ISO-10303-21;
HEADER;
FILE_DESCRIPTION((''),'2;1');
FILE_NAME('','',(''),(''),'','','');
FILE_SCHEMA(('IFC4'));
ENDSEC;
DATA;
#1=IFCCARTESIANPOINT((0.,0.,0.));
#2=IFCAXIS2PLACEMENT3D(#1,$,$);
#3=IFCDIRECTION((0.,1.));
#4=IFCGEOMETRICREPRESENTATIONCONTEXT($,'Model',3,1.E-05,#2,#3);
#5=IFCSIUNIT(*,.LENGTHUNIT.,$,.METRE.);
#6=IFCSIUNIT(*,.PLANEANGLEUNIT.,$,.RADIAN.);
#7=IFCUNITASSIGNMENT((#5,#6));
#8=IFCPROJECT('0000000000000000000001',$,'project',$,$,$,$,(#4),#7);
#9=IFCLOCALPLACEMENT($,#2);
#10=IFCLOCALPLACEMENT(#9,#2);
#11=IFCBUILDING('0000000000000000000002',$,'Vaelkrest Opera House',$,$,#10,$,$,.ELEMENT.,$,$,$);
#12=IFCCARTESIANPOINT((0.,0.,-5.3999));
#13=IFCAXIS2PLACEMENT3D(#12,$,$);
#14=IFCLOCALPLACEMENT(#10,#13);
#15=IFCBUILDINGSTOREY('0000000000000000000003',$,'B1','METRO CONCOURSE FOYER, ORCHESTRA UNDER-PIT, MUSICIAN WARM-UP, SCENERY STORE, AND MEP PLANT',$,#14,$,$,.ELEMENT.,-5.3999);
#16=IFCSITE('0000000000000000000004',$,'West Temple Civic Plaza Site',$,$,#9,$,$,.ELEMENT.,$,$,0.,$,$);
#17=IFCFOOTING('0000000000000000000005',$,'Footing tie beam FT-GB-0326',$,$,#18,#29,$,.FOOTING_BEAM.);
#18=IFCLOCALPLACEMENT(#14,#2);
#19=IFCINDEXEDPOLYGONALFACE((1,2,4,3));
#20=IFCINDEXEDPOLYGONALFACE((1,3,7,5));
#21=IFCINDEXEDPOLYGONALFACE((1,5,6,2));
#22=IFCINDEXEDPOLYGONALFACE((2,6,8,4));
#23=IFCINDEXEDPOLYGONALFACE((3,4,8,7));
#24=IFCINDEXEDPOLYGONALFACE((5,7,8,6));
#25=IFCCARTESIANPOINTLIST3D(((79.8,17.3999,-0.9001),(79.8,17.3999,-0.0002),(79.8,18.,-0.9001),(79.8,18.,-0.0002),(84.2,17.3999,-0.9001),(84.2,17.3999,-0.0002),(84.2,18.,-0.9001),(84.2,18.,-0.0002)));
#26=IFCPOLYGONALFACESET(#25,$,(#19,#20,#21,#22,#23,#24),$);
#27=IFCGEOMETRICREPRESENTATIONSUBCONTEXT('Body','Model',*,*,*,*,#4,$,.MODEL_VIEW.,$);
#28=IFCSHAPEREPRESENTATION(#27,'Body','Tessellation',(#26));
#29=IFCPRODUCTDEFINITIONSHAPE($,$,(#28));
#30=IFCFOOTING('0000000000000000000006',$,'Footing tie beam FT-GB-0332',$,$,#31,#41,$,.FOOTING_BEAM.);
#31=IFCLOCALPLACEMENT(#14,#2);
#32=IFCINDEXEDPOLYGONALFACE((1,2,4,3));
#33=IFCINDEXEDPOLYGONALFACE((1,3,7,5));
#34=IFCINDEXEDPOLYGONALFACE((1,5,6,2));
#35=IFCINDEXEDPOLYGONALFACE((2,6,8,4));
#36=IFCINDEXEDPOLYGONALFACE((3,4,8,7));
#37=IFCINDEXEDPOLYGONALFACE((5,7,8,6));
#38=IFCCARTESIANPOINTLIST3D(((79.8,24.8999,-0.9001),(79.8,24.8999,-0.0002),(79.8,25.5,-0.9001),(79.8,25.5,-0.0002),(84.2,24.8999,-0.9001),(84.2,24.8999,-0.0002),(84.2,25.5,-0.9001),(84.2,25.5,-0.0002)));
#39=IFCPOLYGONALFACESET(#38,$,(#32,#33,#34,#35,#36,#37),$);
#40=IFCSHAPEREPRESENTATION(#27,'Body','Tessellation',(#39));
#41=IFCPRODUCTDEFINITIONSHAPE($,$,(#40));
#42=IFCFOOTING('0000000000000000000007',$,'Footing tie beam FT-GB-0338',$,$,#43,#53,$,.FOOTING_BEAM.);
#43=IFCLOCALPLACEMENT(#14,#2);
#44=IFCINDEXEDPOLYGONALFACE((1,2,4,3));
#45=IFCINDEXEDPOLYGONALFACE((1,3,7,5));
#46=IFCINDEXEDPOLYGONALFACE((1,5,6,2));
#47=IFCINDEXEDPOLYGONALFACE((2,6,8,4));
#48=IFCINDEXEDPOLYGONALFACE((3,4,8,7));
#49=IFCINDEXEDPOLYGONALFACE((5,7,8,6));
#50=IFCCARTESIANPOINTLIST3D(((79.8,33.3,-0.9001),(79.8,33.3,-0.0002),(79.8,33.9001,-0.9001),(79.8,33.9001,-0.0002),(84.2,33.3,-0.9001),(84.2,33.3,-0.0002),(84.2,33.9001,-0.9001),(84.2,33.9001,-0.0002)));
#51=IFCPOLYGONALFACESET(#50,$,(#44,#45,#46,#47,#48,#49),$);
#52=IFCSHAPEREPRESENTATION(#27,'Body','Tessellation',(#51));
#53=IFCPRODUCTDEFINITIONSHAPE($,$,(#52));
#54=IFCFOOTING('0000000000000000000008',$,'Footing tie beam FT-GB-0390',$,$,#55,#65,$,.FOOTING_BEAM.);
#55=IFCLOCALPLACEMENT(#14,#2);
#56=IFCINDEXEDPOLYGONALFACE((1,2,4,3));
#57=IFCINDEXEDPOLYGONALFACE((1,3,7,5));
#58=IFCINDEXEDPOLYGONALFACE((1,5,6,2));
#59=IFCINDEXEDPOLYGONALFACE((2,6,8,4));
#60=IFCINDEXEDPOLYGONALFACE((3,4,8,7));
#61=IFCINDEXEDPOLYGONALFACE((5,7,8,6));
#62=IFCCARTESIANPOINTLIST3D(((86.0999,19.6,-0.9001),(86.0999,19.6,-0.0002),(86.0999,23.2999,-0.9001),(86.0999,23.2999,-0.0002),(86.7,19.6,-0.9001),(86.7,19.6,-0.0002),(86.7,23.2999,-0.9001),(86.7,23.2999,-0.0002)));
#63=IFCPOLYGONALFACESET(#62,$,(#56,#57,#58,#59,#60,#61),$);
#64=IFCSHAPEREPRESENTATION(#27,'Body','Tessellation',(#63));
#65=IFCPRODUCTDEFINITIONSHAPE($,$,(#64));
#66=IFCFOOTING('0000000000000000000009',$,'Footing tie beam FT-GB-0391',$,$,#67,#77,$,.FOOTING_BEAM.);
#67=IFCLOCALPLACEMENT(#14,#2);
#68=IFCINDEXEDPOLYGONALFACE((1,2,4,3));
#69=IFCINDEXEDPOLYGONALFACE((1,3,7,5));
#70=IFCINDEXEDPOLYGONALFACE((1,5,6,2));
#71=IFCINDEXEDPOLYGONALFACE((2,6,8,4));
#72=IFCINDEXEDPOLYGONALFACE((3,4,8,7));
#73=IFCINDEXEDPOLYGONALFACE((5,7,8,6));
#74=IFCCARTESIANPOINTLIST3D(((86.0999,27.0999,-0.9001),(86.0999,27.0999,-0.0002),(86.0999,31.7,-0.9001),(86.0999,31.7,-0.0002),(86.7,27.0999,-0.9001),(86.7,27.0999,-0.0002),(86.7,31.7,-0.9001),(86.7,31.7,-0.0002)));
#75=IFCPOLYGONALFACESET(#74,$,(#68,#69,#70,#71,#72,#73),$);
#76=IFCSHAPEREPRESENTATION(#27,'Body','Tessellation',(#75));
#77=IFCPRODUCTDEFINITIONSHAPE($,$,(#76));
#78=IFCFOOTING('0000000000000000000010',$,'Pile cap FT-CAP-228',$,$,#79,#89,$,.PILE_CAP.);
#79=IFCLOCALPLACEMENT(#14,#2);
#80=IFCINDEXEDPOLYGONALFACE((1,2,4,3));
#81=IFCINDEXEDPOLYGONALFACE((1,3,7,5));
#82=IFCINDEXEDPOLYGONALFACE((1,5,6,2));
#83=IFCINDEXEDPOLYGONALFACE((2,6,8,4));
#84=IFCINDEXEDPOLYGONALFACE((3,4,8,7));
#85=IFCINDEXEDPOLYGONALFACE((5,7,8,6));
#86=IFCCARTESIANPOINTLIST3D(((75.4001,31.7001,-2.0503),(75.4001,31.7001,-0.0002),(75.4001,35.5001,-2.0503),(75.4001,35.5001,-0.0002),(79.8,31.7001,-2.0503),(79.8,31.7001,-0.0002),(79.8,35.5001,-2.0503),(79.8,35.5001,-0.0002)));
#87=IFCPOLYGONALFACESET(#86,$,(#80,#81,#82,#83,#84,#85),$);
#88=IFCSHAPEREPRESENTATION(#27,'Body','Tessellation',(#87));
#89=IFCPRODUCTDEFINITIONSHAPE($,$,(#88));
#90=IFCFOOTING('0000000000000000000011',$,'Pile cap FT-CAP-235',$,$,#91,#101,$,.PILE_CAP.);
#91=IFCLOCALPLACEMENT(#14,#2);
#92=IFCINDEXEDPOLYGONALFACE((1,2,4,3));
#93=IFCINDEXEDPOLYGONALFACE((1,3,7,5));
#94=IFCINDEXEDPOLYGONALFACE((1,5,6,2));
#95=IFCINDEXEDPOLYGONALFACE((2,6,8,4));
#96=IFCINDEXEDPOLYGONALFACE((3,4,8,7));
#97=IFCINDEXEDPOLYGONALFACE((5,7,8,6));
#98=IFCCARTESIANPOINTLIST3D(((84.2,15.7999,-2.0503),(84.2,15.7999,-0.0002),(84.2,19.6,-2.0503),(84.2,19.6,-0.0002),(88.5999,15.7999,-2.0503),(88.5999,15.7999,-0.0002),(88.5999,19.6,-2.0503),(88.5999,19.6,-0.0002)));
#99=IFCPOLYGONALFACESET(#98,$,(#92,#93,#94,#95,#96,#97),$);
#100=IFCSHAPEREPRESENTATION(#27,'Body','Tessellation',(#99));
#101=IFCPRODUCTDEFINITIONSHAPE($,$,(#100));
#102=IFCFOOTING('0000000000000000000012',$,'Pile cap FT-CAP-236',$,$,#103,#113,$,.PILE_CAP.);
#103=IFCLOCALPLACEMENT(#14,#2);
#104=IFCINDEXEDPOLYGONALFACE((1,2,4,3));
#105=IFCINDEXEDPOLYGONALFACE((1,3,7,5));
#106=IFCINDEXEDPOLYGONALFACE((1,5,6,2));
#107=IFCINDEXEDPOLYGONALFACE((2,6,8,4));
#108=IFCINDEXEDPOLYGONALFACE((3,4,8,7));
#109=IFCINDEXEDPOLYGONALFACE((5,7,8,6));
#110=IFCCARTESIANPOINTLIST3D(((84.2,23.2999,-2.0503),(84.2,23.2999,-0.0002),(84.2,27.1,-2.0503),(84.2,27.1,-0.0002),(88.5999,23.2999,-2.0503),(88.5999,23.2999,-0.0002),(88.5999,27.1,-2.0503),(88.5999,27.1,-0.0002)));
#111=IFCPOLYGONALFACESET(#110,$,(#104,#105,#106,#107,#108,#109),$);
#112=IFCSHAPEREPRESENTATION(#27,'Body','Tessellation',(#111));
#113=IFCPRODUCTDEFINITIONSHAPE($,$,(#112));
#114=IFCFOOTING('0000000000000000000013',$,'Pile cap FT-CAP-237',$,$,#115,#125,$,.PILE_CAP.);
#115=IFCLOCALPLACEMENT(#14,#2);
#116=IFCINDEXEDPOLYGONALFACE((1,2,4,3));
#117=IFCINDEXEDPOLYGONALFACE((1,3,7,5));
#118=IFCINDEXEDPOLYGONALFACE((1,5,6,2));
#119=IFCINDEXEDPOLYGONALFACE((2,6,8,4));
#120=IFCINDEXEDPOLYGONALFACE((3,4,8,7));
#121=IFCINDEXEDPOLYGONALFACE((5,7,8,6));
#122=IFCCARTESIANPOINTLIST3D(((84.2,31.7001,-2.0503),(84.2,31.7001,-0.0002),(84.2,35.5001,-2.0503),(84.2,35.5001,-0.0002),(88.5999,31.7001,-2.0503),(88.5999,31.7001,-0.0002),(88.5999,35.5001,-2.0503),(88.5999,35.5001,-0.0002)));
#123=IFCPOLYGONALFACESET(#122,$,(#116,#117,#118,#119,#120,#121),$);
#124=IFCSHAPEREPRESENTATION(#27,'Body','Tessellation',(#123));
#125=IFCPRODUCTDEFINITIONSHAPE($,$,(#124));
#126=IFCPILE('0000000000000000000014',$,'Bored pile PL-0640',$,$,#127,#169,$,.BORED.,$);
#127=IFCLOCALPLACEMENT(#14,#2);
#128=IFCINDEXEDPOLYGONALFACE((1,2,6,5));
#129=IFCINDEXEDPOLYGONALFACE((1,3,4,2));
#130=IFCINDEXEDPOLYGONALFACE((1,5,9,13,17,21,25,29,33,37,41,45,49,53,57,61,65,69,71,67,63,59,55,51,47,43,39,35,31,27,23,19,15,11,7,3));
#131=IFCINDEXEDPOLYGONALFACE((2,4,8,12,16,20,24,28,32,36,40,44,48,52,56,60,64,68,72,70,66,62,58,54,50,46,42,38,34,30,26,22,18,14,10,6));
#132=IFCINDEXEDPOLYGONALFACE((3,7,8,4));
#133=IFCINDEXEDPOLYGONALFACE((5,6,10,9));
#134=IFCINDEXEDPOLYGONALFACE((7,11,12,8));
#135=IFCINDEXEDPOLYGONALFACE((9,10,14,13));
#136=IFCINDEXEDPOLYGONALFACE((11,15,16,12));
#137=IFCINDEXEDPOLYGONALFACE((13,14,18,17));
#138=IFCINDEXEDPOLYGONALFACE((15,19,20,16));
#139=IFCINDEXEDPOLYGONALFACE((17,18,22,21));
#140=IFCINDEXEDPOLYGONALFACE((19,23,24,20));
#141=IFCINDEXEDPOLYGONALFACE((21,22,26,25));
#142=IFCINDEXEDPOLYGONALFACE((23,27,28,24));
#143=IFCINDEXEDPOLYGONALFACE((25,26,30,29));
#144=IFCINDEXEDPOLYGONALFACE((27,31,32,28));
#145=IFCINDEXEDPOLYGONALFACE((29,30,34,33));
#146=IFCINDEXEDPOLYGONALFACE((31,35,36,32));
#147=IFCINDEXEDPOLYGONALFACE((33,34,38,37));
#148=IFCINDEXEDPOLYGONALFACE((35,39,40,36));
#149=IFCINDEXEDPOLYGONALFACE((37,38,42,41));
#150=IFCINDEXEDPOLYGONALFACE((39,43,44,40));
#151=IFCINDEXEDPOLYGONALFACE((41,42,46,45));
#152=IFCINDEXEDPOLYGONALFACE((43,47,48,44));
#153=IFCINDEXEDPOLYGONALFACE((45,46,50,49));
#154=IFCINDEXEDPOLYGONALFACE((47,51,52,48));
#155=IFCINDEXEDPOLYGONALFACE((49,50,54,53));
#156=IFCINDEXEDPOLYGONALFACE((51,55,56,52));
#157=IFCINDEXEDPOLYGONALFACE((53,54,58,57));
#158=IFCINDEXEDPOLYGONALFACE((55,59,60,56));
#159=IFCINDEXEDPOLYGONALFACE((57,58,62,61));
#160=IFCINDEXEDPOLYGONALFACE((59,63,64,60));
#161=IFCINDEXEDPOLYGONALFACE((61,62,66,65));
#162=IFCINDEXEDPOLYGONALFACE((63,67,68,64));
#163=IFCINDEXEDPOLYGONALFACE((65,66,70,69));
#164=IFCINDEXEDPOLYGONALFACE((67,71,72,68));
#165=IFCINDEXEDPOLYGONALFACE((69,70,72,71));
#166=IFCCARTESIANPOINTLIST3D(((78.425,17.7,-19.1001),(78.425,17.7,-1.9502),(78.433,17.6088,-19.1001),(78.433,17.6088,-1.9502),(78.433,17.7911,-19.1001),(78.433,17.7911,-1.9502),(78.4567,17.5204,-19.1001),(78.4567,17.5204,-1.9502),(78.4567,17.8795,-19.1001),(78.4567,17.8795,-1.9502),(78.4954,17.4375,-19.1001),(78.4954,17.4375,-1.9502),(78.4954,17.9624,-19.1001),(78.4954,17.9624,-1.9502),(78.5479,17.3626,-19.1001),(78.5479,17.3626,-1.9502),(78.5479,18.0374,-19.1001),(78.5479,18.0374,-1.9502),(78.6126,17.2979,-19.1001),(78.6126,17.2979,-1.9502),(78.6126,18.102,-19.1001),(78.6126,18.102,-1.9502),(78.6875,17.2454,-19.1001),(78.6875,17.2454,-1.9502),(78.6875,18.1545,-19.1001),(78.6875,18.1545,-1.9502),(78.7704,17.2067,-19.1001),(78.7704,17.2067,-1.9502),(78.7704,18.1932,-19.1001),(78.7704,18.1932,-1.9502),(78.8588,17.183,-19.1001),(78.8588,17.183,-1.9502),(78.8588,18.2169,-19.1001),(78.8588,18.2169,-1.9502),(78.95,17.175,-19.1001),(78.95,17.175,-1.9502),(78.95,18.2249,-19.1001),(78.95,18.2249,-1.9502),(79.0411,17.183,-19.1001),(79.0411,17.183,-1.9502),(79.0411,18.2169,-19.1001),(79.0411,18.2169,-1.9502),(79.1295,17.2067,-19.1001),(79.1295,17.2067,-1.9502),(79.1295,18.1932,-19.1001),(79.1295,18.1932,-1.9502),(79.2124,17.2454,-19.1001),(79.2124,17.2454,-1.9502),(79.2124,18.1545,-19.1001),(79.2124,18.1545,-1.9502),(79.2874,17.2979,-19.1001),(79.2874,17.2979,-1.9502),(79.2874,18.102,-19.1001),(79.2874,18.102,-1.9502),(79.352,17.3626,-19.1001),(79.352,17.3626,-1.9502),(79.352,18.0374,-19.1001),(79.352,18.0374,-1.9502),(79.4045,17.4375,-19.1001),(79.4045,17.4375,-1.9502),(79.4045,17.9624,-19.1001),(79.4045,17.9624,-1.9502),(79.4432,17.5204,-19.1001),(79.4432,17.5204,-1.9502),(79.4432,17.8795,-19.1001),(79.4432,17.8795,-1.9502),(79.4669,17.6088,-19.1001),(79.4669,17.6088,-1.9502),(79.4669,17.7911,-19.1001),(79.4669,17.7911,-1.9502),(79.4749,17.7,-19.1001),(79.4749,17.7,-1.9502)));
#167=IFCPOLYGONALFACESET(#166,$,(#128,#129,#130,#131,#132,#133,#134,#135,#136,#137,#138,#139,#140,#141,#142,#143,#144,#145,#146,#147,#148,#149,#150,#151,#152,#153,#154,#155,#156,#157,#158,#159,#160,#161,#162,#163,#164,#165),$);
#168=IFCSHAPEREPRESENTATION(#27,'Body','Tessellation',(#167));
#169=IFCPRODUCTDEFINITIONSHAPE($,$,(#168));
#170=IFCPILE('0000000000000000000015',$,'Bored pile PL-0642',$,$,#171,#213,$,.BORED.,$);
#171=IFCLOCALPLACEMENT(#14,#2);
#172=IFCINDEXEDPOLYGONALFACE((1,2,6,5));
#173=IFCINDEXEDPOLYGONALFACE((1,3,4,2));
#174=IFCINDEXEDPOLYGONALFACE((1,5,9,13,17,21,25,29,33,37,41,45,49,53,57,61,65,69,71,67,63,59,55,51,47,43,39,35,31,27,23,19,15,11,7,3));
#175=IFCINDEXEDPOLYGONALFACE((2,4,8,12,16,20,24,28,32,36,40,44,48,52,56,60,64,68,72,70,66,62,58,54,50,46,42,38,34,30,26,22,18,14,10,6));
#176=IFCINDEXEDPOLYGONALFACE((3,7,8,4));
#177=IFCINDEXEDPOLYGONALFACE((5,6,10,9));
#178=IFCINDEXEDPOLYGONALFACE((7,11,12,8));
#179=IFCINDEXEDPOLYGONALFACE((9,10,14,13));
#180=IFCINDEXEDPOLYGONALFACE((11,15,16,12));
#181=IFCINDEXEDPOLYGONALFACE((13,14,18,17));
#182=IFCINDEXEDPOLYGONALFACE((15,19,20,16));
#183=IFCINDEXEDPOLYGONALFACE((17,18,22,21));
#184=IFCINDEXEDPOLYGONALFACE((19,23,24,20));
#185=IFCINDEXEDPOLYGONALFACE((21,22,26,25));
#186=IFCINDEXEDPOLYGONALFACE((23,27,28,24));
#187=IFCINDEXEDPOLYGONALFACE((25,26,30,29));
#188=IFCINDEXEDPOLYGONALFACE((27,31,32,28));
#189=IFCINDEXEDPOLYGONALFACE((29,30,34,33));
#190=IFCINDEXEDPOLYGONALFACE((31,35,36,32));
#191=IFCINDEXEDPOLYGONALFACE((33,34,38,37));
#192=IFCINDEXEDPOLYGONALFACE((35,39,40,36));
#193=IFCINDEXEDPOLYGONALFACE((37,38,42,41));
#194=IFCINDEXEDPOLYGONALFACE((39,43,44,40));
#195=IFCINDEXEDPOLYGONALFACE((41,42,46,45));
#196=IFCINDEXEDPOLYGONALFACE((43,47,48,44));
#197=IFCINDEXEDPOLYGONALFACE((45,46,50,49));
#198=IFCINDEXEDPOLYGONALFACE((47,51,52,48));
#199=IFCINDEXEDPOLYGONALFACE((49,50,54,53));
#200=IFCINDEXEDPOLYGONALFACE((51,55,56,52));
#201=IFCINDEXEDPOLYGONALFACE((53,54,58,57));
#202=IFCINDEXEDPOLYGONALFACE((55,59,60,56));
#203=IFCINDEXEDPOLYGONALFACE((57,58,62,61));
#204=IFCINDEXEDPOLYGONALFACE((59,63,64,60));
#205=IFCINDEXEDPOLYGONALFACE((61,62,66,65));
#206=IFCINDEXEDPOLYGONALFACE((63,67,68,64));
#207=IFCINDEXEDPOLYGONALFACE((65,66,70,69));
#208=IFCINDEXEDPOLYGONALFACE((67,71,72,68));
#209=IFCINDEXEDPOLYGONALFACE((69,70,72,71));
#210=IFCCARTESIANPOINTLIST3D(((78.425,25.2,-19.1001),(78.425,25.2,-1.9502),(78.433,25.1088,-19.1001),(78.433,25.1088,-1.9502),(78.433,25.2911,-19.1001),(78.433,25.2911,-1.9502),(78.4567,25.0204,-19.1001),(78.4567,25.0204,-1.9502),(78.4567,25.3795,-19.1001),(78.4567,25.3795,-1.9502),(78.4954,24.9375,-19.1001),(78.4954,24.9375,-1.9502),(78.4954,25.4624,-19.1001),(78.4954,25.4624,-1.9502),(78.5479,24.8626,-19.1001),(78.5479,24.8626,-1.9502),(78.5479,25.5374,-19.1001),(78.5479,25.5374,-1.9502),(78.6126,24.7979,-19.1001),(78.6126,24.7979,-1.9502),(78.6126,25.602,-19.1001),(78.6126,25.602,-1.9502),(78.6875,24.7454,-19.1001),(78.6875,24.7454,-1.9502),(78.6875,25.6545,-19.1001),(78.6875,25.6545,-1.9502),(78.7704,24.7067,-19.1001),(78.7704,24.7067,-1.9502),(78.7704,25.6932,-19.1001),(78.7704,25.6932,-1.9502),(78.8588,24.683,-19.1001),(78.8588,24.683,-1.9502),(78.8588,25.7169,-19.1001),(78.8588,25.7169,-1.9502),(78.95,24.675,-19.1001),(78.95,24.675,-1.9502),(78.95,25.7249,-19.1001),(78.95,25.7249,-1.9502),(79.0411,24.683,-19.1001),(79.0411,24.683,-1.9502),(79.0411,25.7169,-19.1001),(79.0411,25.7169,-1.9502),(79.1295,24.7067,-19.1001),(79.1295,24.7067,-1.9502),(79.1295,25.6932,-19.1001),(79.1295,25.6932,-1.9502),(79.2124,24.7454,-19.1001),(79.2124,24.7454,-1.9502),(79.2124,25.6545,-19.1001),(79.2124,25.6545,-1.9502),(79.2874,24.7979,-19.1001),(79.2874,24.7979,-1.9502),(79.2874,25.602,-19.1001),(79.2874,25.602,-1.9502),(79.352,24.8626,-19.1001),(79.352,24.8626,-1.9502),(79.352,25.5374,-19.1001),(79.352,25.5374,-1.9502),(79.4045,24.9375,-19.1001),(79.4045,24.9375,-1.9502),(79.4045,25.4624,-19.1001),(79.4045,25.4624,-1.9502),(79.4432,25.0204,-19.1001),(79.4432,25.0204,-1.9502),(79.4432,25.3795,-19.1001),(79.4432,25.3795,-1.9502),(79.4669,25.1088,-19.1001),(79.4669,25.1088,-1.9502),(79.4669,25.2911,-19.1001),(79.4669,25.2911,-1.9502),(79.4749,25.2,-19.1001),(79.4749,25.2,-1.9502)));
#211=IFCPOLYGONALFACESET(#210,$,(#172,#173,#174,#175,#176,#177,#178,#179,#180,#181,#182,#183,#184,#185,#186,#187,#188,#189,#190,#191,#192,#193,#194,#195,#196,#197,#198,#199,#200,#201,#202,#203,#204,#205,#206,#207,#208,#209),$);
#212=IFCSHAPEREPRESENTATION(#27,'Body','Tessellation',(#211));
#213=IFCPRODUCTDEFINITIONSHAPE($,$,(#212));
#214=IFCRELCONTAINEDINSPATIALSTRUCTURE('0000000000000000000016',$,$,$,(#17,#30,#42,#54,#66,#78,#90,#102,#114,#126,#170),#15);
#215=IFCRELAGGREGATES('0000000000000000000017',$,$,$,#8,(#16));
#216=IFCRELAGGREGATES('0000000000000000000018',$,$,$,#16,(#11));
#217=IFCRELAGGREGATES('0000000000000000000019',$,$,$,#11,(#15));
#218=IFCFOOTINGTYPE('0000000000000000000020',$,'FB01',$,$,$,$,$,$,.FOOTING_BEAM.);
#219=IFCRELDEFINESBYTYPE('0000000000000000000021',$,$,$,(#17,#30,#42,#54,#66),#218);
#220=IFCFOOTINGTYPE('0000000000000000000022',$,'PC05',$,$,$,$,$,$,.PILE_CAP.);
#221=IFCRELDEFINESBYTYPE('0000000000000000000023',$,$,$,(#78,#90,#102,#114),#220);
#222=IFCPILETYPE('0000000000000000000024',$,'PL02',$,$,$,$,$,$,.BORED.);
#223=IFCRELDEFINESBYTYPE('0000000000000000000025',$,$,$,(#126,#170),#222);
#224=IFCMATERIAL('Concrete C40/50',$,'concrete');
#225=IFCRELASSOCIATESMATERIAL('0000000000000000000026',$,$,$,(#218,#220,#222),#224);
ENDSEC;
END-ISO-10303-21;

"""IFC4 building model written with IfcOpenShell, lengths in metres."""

from ifc_helpers import new_model, si_unit, direction, frame, origin, origin_2d, place, context, subcontext, project, spatial, rectangle, circle, extrude, material, material_profile, profile_set, type_object, element, save


model = new_model("IFC4")

# Units and contexts
model_context = context("Model", 3, precision=1e-05, world=origin(), true_north=direction((0.0, 1.0)))
body_context = subcontext(model_context, "Body", "Model", "MODEL_VIEW")
ifc_project = project(units=[si_unit("LENGTHUNIT", "METRE"), si_unit("PLANEANGLEUNIT", "RADIAN")], contexts=[model_context])

# Site, building, storey
site_placement = place(None, origin())
site = spatial("IfcSite", under=ifc_project, at=site_placement, Name="West Temple Civic Plaza Site", CompositionType="ELEMENT", RefElevation=0.0)
building_placement = place(site_placement, origin())
building = spatial("IfcBuilding", under=site, at=building_placement, Name="Vaelkrest Opera House", CompositionType="ELEMENT")
storey_placement = place(building_placement, frame((0.0, 0.0, -5.3999)))
storey = spatial("IfcBuildingStorey", under=building, at=storey_placement, Name="B1", Description="METRO CONCOURSE FOYER, ORCHESTRA UNDER-PIT, MUSICIAN WARM-UP, SCENERY STORE, AND MEP PLANT", CompositionType="ELEMENT", Elevation=-5.3999)

# Footings
ifc_material_1 = material(Name="Concrete C40/50", Category="concrete")
footing_type_1 = type_object("IfcFootingType", Name="FB01", PredefinedType="FOOTING_BEAM", material=ifc_material_1)
for number, where, z_axis, x_axis, name in (
    (1, (82.0, 17.7, -0.9001), (0.0, 0.0, 1.0), (1.0, 0.0, 0.0), "Footing tie beam FT-GB-0326"),
    (2, (82.0, 25.2, -0.9001), (0.0, 0.0, 1.0), (1.0, 0.0, 0.0), "Footing tie beam FT-GB-0332"),
    (3, (82.0, 33.6001, -0.9001), (0.0, 0.0, 1.0), (1.0, 0.0, 0.0), "Footing tie beam FT-GB-0338"),
):
    element("IfcFooting", number, at=place(storey_placement, frame(where, z_axis=z_axis, x_axis=x_axis)), inside=storey, type_object=footing_type_1, Name=name, PredefinedType="FOOTING_BEAM", context=body_context, shape_type="SweptSolid", body=[
        extrude(rectangle(XDim=4.3999, YDim=0.6001, at=origin_2d()), origin(), (0.0, 0.0, 1.0), 0.8999),
    ])
footing_1_placement = place(storey_placement, frame((86.3999, 21.45, -0.9001), z_axis=(0.0, 0.0, 1.0), x_axis=(0.0, 1.0, 0.0)))
element("IfcFooting", 4, at=footing_1_placement, inside=storey, type_object=footing_type_1, Name="Footing tie beam FT-GB-0390", PredefinedType="FOOTING_BEAM", context=body_context, shape_type="SweptSolid", body=[
    extrude(rectangle(XDim=3.7, YDim=0.6001, at=origin_2d()), origin(), (0.0, 0.0, 1.0), 0.8999),
])
footing_2_placement = place(storey_placement, frame((86.3999, 29.3999, -0.9001), z_axis=(0.0, 0.0, 1.0), x_axis=(0.0, 1.0, 0.0)))
element("IfcFooting", 5, at=footing_2_placement, inside=storey, type_object=footing_type_1, Name="Footing tie beam FT-GB-0391", PredefinedType="FOOTING_BEAM", context=body_context, shape_type="SweptSolid", body=[
    extrude(rectangle(XDim=4.6001, YDim=0.6001, at=origin_2d()), origin(), (0.0, 0.0, 1.0), 0.8999),
])
footing_type_2 = type_object("IfcFootingType", Name="PC05", PredefinedType="PILE_CAP", material=ifc_material_1)
for number, where, z_axis, x_axis, name in (
    (6, (77.6001, 33.6001, -2.0503), (0.0, 0.0, 1.0), (1.0, 0.0, 0.0), "Pile cap FT-CAP-228"),
    (7, (86.3999, 17.7, -2.0503), (0.0, 0.0, 1.0), (1.0, 0.0, 0.0), "Pile cap FT-CAP-235"),
    (8, (86.3999, 25.2, -2.0503), (0.0, 0.0, 1.0), (1.0, 0.0, 0.0), "Pile cap FT-CAP-236"),
    (9, (86.3999, 33.6001, -2.0503), (0.0, 0.0, 1.0), (1.0, 0.0, 0.0), "Pile cap FT-CAP-237"),
):
    element("IfcFooting", number, at=place(storey_placement, frame(where, z_axis=z_axis, x_axis=x_axis)), inside=storey, type_object=footing_type_2, Name=name, PredefinedType="PILE_CAP", context=body_context, shape_type="SweptSolid", body=[
        extrude(rectangle(XDim=4.3999, YDim=3.8, at=origin_2d()), origin(), (0.0, 0.0, 1.0), 2.05),
    ])

# Piles
ifc_material_profile_1 = material_profile(ifc_material_1, circle(Radius=0.5249, at=origin_2d()), Name="PILE1050")
ifc_profile_set_1 = profile_set([ifc_material_profile_1], Name="Concrete C40/50")
pile_type = type_object("IfcPileType", Name="PL02", PredefinedType="BORED", material=ifc_profile_set_1)
for number, where, z_axis, x_axis, name in (
    (10, (78.95, 17.7, -1.9502), (0.0, 0.0, -1.0), (1.0, 0.0, 0.0), "Bored pile PL-0640"),
    (11, (78.95, 25.2, -1.9502), (0.0, 0.0, -1.0), (1.0, 0.0, 0.0), "Bored pile PL-0642"),
):
    element("IfcPile", number, at=place(storey_placement, frame(where, z_axis=z_axis, x_axis=x_axis)), inside=storey, type_object=pile_type, Name=name, PredefinedType="BORED", context=body_context, shape_type="SweptSolid", body=[
        extrude(circle(Radius=0.5249, at=origin_2d()), origin(), (0.0, 0.0, 1.0), 17.1499),
    ])

save(model, "model.ifc")
